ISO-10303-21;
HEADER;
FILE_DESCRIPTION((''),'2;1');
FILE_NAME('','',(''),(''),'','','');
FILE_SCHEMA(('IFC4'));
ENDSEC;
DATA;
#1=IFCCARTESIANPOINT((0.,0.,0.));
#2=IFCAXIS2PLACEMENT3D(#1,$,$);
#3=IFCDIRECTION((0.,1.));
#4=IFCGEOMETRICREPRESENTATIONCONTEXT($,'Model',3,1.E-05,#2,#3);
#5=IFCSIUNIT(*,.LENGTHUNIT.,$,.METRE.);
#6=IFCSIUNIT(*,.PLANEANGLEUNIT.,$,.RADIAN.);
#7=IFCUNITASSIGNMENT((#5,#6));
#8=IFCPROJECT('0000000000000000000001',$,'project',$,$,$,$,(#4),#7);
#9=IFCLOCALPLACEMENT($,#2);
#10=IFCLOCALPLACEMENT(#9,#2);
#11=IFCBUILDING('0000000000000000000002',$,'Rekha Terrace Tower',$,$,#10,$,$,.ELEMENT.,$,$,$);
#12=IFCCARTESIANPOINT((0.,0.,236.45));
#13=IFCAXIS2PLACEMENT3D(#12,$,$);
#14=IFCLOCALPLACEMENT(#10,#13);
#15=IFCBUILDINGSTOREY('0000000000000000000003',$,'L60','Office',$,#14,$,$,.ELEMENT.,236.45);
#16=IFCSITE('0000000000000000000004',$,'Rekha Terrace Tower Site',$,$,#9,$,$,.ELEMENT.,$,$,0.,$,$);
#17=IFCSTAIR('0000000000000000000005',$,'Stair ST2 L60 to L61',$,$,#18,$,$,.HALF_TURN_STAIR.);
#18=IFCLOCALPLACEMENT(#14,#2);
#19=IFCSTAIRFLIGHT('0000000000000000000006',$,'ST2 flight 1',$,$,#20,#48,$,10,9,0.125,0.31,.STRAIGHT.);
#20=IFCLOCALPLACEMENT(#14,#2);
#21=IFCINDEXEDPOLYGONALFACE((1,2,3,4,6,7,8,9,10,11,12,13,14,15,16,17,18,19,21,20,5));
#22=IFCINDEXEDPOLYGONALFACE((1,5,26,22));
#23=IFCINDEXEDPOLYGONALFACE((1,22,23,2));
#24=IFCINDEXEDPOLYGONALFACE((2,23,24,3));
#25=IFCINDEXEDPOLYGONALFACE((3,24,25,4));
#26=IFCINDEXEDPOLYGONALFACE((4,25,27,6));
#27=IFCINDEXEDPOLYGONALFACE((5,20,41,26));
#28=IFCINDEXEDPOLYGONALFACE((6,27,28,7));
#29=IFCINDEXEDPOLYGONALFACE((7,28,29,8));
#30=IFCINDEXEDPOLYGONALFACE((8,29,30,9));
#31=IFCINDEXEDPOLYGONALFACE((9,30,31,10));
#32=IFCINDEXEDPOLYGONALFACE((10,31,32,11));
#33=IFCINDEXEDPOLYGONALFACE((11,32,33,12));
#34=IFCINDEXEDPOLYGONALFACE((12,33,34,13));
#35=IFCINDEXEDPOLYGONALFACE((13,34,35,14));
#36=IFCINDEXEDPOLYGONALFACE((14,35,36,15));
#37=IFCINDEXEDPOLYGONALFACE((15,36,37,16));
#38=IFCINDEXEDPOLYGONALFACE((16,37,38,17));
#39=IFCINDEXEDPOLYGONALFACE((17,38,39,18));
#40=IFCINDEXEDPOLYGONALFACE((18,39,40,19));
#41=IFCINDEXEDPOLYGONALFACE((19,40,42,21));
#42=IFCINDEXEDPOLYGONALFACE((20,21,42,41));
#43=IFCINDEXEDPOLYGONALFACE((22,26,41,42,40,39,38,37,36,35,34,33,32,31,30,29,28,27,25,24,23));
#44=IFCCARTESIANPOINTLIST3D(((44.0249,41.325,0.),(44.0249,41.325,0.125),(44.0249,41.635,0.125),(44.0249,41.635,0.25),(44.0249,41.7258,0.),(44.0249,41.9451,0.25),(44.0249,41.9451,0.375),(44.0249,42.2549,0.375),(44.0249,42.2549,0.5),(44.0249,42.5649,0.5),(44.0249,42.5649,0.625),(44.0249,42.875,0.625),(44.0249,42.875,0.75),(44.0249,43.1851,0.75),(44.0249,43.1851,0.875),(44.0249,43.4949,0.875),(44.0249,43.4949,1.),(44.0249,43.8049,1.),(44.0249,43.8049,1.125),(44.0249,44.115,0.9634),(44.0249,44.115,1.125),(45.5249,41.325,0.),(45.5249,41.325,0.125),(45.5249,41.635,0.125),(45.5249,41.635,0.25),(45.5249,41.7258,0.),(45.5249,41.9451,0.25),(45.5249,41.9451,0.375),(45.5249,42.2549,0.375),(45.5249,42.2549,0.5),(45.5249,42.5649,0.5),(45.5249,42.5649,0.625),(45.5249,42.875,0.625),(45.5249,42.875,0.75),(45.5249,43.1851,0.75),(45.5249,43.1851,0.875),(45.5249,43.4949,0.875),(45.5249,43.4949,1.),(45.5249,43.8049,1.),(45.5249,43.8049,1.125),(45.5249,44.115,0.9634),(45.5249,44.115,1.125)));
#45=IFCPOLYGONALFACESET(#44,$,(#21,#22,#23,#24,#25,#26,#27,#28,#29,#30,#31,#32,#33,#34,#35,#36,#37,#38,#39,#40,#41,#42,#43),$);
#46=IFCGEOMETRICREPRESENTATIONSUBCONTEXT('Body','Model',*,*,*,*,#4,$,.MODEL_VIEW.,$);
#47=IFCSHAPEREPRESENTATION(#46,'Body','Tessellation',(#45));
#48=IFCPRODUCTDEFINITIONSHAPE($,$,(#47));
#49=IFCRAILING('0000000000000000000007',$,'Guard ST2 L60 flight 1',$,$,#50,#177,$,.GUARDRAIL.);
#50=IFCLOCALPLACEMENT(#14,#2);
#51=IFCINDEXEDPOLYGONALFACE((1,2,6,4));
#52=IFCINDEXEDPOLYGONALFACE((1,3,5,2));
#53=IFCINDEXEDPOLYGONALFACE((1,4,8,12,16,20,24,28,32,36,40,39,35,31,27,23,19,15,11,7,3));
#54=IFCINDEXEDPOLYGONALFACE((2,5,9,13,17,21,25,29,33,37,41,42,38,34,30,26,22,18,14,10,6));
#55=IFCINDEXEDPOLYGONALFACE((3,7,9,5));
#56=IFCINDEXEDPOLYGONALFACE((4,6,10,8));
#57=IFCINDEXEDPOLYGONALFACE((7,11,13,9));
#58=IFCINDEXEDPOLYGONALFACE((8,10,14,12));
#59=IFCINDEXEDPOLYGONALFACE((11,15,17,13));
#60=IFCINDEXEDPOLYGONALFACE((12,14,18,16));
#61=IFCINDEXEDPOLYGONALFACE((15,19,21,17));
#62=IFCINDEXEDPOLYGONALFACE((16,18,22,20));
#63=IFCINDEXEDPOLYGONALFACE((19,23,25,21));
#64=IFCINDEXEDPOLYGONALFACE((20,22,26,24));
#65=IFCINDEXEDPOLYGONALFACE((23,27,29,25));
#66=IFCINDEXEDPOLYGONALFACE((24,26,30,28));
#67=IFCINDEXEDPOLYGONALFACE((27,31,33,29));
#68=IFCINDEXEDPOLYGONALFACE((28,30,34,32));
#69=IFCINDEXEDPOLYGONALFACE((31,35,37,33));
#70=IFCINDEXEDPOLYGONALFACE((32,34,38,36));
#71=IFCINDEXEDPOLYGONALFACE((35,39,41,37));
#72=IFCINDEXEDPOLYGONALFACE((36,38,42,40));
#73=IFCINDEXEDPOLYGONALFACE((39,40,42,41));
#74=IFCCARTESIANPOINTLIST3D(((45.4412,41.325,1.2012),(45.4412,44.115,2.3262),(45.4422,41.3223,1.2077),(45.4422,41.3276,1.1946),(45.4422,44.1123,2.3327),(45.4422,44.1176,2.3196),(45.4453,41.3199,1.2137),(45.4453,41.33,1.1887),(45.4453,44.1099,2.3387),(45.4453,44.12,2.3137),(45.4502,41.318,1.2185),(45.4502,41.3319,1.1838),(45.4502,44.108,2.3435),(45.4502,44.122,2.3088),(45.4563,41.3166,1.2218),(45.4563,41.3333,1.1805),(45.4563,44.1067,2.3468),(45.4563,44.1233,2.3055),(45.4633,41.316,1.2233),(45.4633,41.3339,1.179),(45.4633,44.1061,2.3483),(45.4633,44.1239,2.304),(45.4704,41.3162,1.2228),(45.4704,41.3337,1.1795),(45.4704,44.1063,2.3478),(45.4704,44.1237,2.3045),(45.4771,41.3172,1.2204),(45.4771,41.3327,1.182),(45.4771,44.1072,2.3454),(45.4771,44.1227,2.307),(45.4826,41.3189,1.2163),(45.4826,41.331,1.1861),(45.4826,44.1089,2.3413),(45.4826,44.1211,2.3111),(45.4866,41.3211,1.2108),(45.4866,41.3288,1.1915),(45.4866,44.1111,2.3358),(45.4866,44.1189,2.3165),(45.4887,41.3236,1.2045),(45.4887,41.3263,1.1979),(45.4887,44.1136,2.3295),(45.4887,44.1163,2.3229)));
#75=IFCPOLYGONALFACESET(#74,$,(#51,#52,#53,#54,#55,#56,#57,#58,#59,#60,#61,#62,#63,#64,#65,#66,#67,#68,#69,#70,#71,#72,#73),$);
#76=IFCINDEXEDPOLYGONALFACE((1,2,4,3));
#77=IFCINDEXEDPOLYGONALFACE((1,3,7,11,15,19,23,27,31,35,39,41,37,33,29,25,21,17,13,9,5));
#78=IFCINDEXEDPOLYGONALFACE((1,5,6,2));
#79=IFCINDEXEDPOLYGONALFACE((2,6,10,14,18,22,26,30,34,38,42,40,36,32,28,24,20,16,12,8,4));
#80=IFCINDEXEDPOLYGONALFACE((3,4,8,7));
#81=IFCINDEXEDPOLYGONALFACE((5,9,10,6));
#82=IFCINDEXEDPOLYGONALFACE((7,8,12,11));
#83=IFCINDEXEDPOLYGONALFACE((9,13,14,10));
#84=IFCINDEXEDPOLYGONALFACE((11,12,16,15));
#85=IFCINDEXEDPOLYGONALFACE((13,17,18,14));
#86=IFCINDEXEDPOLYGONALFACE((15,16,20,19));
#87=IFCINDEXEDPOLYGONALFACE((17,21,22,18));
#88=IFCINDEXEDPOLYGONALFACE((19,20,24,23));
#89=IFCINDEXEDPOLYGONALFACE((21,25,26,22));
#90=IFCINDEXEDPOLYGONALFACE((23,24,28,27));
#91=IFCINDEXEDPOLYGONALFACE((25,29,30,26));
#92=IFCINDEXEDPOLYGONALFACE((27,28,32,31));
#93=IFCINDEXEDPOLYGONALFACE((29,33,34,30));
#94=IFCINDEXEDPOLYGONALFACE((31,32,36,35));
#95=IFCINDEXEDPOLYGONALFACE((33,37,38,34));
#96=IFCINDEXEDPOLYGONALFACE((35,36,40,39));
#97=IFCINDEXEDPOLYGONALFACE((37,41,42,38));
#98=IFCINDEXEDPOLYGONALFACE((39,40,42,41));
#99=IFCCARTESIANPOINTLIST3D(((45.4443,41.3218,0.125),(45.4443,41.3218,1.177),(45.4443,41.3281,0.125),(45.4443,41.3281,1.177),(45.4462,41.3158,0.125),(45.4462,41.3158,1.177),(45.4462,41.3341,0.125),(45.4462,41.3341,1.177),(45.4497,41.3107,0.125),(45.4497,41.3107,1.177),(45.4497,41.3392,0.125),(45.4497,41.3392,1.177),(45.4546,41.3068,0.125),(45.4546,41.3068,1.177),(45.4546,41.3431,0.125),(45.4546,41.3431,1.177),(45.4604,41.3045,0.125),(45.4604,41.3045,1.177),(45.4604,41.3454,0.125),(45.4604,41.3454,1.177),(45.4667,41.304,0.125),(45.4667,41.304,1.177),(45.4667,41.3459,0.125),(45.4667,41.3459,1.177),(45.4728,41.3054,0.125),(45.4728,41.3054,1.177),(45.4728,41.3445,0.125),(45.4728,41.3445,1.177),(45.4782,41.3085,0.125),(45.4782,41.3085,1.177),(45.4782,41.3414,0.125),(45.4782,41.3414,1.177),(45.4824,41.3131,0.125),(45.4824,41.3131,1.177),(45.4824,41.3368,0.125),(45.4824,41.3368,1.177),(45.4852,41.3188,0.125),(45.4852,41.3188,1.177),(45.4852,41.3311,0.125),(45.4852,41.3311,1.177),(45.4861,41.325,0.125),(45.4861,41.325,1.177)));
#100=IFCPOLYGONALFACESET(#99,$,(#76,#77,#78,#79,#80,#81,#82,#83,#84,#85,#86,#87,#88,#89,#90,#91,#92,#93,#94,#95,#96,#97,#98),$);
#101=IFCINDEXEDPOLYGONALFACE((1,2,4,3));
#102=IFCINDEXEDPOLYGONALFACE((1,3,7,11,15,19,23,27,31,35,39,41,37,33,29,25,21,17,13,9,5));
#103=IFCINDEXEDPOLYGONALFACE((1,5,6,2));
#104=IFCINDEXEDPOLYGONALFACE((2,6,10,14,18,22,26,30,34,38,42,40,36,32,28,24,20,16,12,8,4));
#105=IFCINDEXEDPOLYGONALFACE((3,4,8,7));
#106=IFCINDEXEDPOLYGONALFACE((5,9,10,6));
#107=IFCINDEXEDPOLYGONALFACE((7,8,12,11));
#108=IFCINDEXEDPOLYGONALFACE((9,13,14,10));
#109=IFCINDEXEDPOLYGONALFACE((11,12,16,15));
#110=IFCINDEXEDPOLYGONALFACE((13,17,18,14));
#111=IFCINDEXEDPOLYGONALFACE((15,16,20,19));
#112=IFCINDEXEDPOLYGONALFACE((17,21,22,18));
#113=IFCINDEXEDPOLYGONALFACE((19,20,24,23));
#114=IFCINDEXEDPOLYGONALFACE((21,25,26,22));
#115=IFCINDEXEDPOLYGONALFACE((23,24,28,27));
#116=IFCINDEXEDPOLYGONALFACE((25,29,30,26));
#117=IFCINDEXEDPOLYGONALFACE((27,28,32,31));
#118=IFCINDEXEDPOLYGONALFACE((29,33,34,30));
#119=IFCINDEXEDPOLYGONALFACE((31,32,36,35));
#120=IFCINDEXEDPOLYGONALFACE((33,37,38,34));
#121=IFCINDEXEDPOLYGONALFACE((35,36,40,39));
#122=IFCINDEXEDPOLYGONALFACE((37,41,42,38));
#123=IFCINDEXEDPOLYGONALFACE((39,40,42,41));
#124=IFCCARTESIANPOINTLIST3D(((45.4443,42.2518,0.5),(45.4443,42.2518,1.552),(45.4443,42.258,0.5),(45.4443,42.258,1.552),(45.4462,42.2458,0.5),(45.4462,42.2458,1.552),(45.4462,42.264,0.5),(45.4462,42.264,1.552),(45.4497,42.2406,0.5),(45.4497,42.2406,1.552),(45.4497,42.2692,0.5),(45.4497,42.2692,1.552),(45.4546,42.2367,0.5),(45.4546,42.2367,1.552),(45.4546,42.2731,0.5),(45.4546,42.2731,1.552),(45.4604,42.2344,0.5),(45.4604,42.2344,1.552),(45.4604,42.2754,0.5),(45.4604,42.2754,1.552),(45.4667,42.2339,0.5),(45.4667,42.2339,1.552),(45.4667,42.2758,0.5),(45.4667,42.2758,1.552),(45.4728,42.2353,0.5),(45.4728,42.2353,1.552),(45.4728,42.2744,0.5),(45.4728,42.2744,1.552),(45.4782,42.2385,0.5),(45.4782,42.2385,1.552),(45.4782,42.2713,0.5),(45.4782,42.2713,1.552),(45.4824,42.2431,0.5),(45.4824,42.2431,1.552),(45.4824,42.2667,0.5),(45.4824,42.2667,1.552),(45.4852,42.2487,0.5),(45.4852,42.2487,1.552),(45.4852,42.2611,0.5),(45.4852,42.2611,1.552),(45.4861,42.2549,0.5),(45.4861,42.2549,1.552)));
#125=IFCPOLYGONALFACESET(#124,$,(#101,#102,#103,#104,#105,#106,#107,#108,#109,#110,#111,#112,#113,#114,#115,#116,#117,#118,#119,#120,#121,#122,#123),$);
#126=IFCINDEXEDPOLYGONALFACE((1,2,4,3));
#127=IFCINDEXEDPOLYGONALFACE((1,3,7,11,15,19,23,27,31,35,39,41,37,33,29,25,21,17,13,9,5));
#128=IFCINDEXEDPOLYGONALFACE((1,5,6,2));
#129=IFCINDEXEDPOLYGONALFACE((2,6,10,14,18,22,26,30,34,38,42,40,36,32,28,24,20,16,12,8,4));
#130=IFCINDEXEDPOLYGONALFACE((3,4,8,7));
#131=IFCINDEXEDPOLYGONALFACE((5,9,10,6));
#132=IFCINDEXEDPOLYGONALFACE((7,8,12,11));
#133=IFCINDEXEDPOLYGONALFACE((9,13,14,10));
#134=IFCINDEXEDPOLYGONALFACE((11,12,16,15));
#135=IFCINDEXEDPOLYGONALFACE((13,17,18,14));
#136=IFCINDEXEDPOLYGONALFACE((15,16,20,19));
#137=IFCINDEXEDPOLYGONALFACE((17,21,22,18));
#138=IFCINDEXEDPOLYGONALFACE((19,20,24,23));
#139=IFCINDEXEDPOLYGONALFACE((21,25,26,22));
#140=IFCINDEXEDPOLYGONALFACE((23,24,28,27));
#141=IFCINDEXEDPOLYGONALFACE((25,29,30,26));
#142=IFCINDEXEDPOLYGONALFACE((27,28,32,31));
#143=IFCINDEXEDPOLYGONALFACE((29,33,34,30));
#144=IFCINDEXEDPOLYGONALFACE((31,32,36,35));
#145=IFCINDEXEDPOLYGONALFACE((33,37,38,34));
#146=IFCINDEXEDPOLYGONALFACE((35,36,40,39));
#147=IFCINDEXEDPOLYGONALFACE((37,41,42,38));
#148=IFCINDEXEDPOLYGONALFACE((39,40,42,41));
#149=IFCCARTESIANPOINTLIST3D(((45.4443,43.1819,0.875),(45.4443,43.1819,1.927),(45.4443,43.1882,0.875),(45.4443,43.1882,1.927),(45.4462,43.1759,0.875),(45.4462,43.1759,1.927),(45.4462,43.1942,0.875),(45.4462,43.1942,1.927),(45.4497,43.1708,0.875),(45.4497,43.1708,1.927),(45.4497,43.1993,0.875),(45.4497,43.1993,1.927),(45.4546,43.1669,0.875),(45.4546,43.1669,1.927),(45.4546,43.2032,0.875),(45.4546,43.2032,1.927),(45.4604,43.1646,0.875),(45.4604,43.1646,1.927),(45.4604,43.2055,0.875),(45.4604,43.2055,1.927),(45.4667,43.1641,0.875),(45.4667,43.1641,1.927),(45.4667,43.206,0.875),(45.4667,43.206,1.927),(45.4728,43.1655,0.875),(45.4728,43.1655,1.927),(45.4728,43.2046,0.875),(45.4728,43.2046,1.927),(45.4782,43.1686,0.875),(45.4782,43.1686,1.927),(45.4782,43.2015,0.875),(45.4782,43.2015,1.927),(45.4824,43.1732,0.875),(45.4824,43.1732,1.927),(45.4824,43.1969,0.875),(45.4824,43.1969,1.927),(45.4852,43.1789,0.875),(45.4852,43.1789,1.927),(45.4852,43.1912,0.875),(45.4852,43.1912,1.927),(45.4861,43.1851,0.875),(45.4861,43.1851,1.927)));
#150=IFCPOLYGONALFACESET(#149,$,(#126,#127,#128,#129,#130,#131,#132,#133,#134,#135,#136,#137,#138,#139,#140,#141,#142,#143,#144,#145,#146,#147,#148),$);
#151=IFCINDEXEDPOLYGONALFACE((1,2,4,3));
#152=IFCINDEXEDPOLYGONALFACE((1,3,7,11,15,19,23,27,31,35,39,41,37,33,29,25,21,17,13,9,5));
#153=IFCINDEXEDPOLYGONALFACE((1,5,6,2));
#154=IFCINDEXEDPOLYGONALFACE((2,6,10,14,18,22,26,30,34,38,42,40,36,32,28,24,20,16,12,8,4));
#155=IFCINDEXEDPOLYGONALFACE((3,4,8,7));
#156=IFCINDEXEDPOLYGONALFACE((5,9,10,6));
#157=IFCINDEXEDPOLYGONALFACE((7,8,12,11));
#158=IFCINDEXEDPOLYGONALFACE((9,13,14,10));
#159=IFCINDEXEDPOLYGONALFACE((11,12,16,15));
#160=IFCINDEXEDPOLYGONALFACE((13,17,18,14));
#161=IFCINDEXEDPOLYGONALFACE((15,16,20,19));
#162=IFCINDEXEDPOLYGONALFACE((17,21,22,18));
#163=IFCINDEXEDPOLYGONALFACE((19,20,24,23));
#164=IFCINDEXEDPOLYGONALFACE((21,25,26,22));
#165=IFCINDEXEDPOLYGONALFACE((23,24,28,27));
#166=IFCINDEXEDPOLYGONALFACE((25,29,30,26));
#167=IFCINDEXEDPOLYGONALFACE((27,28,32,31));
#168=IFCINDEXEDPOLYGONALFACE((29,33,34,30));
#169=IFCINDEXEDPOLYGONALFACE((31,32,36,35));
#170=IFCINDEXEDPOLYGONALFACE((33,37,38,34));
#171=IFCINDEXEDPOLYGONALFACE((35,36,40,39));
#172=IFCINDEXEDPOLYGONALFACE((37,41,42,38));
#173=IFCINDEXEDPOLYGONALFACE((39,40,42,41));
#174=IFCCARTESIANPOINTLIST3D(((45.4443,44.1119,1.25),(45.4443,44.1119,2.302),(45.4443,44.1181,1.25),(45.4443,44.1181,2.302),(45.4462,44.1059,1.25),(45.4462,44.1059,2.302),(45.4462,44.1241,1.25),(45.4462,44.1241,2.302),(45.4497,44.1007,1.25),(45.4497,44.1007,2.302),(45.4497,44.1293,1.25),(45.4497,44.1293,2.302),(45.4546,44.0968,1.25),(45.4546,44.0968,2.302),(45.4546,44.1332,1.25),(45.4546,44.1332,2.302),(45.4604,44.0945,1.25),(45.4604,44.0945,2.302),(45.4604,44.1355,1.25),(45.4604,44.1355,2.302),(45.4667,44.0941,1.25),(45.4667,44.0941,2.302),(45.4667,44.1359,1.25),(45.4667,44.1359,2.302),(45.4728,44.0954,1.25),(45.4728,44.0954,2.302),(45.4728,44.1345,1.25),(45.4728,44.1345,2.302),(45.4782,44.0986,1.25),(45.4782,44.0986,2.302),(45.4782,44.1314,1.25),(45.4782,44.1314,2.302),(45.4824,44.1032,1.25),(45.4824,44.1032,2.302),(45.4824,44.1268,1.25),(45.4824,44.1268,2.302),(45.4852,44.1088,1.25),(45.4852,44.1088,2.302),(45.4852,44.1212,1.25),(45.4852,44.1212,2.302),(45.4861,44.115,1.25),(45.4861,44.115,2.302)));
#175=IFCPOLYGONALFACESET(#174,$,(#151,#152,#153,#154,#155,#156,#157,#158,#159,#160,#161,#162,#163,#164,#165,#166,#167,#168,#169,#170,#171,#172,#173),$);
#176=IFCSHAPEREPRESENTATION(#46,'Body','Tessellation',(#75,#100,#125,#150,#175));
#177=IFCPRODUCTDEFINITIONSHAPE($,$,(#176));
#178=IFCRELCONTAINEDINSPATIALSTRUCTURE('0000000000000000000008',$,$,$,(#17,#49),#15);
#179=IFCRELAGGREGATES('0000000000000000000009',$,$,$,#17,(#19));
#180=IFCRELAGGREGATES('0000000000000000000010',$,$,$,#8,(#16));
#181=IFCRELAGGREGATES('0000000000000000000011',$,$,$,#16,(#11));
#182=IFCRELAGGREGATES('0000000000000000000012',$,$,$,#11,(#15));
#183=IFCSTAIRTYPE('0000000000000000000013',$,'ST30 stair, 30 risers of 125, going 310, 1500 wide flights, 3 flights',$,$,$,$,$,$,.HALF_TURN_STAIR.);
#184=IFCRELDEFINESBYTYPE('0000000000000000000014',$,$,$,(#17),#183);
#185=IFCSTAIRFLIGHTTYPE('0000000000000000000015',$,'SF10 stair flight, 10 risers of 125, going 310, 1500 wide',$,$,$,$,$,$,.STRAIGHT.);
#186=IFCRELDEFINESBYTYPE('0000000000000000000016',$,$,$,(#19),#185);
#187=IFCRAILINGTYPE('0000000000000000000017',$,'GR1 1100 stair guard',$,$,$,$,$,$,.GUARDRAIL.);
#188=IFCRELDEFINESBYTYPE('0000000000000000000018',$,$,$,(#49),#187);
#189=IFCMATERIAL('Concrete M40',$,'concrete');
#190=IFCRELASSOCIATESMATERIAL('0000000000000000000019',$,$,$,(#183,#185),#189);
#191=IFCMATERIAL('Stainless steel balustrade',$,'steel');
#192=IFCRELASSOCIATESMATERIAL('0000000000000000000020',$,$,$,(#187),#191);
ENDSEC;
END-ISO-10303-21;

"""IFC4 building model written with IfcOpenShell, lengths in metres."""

from ifc_helpers import new_model, si_unit, direction, frame, origin, origin_2d, place, context, subcontext, project, spatial, polyline, circle, outline, extrude, material, type_object, element, aggregate, save


model = new_model("IFC4")

# Units and contexts
model_context = context("Model", 3, precision=1e-05, world=origin(), true_north=direction((0.0, 1.0)))
body_context = subcontext(model_context, "Body", "Model", "MODEL_VIEW")
ifc_project = project(units=[si_unit("LENGTHUNIT", "METRE"), si_unit("PLANEANGLEUNIT", "RADIAN")], contexts=[model_context])

# Site, building, storey
site_placement = place(None, origin())
site = spatial("IfcSite", under=ifc_project, at=site_placement, Name="Rekha Terrace Tower Site", CompositionType="ELEMENT", RefElevation=0.0)
building_placement = place(site_placement, origin())
building = spatial("IfcBuilding", under=site, at=building_placement, Name="Rekha Terrace Tower", CompositionType="ELEMENT")
storey_placement = place(building_placement, frame((0.0, 0.0, 236.45)))
storey = spatial("IfcBuildingStorey", under=building, at=storey_placement, Name="L60", Description="Office", CompositionType="ELEMENT", Elevation=236.45)

# Stair, stair flight
ifc_material_1 = material(Name="Concrete M40", Category="concrete")
stair_type = type_object("IfcStairType", Name="ST30 stair, 30 risers of 125, going 310, 1500 wide flights, 3 flights", PredefinedType="HALF_TURN_STAIR", material=ifc_material_1)
stair_placement = place(storey_placement, origin())
stair = element("IfcStair", 1, at=stair_placement, inside=storey, type_object=stair_type, Name="Stair ST2 L60 to L61", PredefinedType="HALF_TURN_STAIR")
stair_flight_type = type_object("IfcStairFlightType", Name="SF10 stair flight, 10 risers of 125, going 310, 1500 wide", PredefinedType="STRAIGHT", material=ifc_material_1)
stair_flight_placement = place(storey_placement, frame((44.7749, 41.325, 0.0), z_axis=(0.0, 0.0, 1.0), x_axis=(0.0, 1.0, 0.0)))
stair_flight = element("IfcStairFlight", 2, at=stair_flight_placement, type_object=stair_flight_type, Name="ST2 flight 1", NumberOfRisers=10, NumberOfTreads=9, PredefinedType="STRAIGHT", RiserHeight=0.125, TreadLength=0.31, context=body_context, shape_type="SweptSolid", body=[
    extrude(outline(polyline([(0.0, 0.0), (0.0, 0.125), (0.3101, 0.125), (0.3101, 0.25), (0.6201, 0.25), (0.6201, 0.375), (0.9299, 0.375), (0.9299, 0.5), (1.24, 0.5), (1.24, 0.625), (1.55, 0.625), (1.55, 0.75), (1.8601, 0.75), (1.8601, 0.875), (2.1699, 0.875), (2.1699, 1.0), (2.48, 1.0), (2.48, 1.125), (2.79, 1.125), (2.79, 1.25), (2.79, 0.9634), (0.4009, 0.0), (0.0, 0.0)])), frame((0.0, 0.75, 0.0), z_axis=(0.0, -1.0, 0.0), x_axis=(1.0, 0.0, 0.0)), (0.0, 0.0, 1.0), 1.5),
])
aggregate(stair, [stair_flight])

# Railing
ifc_material_2 = material(Name="Stainless steel balustrade", Category="steel")
railing_type_1 = type_object("IfcRailingType", Name="GR1 1100 stair guard", PredefinedType="GUARDRAIL", material=ifc_material_2)
railing_1_placement = place(storey_placement, frame((45.4651, 41.325, 0.125)))
element("IfcRailing", 3, at=railing_1_placement, inside=storey, type_object=railing_type_1, Name="Guard ST2 L60 flight 1", PredefinedType="GUARDRAIL", context=body_context, shape_type="SweptSolid", body=[
    extrude(circle(Radius=0.0239, at=origin_2d()), frame((0.0, 0.0, 1.0762), z_axis=(0.0, 0.927443, 0.373964), x_axis=(-1.0, 0.0, 0.0)), (0.0, 0.0, 1.0), 3.0083),
    extrude(circle(Radius=0.021, at=origin_2d()), origin(), (0.0, 0.0, 1.0), 1.052),
    extrude(circle(Radius=0.021, at=origin_2d()), frame((0.0, 0.9299, 0.375)), (0.0, 0.0, 1.0), 1.052),
    extrude(circle(Radius=0.021, at=origin_2d()), frame((0.0, 1.8601, 0.75)), (0.0, 0.0, 1.0), 1.052),
    extrude(circle(Radius=0.021, at=origin_2d()), frame((0.0, 2.79, 1.125)), (0.0, 0.0, 1.0), 1.052),
])

save(model, "model.ifc")
